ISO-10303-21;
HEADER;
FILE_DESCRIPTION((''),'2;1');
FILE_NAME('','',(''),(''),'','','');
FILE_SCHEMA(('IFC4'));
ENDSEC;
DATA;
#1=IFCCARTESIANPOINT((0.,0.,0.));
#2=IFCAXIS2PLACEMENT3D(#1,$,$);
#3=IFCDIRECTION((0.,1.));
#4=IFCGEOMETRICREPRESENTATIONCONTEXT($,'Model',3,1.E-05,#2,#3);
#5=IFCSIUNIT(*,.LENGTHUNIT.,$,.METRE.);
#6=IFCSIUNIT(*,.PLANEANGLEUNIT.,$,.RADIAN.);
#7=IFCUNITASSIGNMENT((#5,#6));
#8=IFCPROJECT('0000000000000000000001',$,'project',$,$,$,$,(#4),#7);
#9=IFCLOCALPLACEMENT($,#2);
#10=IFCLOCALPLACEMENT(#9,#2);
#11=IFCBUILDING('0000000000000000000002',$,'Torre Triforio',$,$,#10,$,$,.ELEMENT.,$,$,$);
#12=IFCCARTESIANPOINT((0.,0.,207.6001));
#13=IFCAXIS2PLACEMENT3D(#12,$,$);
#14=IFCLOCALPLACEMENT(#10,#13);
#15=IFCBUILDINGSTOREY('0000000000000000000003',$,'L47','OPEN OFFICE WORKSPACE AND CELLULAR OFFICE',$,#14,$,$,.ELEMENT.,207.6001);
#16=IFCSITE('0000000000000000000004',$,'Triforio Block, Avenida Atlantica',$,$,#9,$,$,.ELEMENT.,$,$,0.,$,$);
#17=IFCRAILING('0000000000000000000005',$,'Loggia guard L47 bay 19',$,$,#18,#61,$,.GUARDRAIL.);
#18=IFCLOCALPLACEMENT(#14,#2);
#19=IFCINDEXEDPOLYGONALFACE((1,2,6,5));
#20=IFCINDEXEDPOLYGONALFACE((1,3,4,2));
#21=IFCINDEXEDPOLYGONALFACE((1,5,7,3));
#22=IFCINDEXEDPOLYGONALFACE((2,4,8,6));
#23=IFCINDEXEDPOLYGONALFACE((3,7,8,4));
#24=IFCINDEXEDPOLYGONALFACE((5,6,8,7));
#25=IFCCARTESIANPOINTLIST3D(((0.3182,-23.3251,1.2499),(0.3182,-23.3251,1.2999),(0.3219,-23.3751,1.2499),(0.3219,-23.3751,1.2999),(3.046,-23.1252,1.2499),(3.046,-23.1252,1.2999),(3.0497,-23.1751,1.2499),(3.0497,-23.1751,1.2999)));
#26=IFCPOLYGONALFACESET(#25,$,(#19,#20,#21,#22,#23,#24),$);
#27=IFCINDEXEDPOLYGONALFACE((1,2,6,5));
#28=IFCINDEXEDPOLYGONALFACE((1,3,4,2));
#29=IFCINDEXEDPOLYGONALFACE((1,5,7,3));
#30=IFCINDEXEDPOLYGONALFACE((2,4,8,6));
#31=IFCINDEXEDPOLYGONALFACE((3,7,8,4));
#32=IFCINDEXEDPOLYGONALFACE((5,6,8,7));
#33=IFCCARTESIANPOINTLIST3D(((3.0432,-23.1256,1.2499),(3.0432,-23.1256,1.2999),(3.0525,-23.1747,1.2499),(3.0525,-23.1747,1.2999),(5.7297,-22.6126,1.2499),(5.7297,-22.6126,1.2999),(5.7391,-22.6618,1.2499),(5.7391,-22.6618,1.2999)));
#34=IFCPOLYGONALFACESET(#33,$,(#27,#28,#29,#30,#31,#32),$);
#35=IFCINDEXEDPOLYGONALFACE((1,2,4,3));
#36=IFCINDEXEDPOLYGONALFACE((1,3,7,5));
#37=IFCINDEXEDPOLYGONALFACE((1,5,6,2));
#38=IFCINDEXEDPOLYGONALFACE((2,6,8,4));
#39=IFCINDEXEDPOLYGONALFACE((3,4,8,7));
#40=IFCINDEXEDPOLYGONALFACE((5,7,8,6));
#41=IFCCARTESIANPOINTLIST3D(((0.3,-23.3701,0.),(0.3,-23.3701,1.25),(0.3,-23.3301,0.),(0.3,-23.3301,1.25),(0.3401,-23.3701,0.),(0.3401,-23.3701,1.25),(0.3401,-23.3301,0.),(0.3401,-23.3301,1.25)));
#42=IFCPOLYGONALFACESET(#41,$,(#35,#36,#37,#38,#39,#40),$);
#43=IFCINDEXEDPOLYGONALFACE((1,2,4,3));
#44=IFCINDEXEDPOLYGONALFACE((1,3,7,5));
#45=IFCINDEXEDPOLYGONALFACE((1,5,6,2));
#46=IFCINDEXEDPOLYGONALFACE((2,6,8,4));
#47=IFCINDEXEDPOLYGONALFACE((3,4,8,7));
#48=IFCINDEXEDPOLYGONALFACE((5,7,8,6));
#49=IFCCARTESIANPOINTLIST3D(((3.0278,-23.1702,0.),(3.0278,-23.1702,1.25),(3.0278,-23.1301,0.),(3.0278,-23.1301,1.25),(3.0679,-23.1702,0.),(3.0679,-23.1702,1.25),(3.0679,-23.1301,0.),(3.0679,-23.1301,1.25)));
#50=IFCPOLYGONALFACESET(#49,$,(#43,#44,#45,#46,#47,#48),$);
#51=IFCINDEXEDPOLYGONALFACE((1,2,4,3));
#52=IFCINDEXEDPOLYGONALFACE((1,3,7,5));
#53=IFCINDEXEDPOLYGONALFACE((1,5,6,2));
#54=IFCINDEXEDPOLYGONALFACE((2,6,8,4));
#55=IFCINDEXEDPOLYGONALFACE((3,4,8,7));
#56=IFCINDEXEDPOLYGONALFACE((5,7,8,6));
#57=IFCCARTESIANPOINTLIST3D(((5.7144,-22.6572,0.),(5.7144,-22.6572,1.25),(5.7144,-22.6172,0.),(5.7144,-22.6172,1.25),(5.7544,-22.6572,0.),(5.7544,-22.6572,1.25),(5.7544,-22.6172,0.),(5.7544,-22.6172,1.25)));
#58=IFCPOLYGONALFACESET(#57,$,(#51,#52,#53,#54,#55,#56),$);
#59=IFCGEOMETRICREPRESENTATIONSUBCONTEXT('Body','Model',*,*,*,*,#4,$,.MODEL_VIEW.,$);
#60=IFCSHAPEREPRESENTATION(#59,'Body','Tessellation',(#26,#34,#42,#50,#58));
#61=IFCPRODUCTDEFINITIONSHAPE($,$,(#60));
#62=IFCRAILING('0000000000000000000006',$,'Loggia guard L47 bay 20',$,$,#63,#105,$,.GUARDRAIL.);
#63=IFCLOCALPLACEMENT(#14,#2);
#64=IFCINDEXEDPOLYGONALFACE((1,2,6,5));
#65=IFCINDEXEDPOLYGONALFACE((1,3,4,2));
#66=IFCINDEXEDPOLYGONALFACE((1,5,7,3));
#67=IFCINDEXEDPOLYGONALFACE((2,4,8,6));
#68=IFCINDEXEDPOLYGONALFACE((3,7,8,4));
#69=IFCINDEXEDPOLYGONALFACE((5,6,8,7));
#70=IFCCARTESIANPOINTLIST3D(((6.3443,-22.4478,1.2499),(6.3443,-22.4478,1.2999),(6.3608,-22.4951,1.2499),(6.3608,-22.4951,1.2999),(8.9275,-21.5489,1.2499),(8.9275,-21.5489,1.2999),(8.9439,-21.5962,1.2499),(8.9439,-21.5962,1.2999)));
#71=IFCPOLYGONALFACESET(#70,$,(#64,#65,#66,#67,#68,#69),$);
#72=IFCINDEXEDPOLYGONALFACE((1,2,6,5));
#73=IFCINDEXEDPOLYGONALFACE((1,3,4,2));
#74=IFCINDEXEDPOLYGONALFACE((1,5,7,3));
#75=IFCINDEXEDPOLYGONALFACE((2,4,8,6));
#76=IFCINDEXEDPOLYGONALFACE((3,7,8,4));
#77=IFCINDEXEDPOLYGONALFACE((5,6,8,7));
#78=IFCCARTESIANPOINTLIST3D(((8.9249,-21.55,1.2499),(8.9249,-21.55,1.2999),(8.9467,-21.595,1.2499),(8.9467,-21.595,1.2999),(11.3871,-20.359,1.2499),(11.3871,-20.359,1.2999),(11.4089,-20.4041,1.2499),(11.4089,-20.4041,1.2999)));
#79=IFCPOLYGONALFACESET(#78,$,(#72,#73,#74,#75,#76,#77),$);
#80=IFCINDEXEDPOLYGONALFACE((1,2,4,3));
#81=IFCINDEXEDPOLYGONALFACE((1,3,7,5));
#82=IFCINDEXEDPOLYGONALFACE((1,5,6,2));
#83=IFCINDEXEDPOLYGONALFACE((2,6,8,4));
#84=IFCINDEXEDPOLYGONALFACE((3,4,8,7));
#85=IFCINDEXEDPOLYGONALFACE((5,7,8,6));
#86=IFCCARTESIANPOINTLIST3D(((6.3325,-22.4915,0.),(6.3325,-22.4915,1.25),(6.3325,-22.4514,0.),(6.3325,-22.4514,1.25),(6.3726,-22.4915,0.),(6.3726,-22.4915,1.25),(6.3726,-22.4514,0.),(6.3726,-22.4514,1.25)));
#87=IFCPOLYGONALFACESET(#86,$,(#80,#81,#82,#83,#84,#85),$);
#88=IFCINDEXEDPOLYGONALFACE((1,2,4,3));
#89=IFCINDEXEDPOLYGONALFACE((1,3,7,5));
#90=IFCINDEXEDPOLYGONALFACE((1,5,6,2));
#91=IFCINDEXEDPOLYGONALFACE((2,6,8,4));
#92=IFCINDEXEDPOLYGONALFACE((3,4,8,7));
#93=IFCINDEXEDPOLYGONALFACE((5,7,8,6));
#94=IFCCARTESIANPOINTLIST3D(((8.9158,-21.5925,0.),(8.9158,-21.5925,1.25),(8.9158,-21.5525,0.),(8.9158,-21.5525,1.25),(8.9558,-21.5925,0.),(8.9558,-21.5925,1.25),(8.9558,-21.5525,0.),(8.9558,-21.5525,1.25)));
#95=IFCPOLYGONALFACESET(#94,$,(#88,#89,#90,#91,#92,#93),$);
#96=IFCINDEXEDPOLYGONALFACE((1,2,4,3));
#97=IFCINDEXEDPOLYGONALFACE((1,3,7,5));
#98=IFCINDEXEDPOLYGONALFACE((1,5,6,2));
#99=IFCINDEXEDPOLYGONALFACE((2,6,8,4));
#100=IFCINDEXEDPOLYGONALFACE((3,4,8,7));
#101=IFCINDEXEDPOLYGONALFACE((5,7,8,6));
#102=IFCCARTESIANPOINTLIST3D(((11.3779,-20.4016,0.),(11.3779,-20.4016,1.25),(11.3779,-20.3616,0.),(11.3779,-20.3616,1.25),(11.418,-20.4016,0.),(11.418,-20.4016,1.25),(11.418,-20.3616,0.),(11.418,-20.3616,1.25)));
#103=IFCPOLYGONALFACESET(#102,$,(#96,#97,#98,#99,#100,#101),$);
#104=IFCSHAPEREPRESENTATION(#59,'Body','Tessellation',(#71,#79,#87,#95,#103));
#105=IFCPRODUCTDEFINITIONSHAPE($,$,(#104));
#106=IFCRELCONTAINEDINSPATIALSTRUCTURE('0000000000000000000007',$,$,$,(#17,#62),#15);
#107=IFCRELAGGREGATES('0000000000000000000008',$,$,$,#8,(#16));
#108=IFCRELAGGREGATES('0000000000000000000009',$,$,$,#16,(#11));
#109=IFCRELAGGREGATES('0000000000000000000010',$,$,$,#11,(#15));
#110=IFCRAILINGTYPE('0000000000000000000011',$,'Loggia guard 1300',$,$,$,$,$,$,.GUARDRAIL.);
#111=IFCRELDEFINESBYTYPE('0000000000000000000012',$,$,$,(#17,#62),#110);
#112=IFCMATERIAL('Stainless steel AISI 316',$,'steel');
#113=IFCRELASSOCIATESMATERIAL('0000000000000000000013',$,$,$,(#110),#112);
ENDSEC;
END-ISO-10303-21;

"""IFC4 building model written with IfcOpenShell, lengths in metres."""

from ifc_helpers import new_model, si_unit, direction, frame, origin, origin_2d, place, context, subcontext, project, spatial, rectangle, extrude, material, type_object, element, save


model = new_model("IFC4")

# Units and contexts
model_context = context("Model", 3, precision=1e-05, world=origin(), true_north=direction((0.0, 1.0)))
body_context = subcontext(model_context, "Body", "Model", "MODEL_VIEW")
ifc_project = project(units=[si_unit("LENGTHUNIT", "METRE"), si_unit("PLANEANGLEUNIT", "RADIAN")], contexts=[model_context])

# Site, building, storey
site_placement = place(None, origin())
site = spatial("IfcSite", under=ifc_project, at=site_placement, Name="Triforio Block, Avenida Atlantica", CompositionType="ELEMENT", RefElevation=0.0)
building_placement = place(site_placement, origin())
building = spatial("IfcBuilding", under=site, at=building_placement, Name="Torre Triforio", CompositionType="ELEMENT")
storey_placement = place(building_placement, frame((0.0, 0.0, 207.6001)))
storey = spatial("IfcBuildingStorey", under=building, at=storey_placement, Name="L47", Description="OPEN OFFICE WORKSPACE AND CELLULAR OFFICE", CompositionType="ELEMENT", Elevation=207.6001)

# Railings
ifc_material_1 = material(Name="Stainless steel AISI 316", Category="steel")
railing_type = type_object("IfcRailingType", Name="Loggia guard 1300", PredefinedType="GUARDRAIL", material=ifc_material_1)
railing_1_placement = place(storey_placement, frame((0.3201, -23.3501, 0.0)))
element("IfcRailing", 1, at=railing_1_placement, inside=storey, type_object=railing_type, Name="Loggia guard L47 bay 19", PredefinedType="GUARDRAIL", context=body_context, shape_type="SweptSolid", body=[
    extrude(rectangle(XDim=0.05, YDim=0.05, at=origin_2d()), frame((0.0, 0.0, 1.2749), z_axis=(0.997324, 0.073106, 0.0), x_axis=(-0.073106, 0.997324, 0.0)), (0.0, 0.0, 1.0), 2.7351),
    extrude(rectangle(XDim=0.05, YDim=0.05, at=origin_2d()), frame((2.7278, 0.2, 1.2749), z_axis=(0.982256, 0.187543, 0.0), x_axis=(-0.187543, 0.982256, 0.0)), (0.0, 0.0, 1.0), 2.7351),
    extrude(rectangle(XDim=0.04, YDim=0.04, at=origin_2d()), origin(), (0.0, 0.0, 1.0), 1.25),
    extrude(rectangle(XDim=0.04, YDim=0.04, at=origin_2d()), frame((2.7278, 0.2, 0.0)), (0.0, 0.0, 1.0), 1.25),
    extrude(rectangle(XDim=0.04, YDim=0.04, at=origin_2d()), frame((5.4143, 0.7129, 0.0)), (0.0, 0.0, 1.0), 1.25),
])
railing_2_placement = place(storey_placement, frame((6.3525, -22.4714, 0.0)))
element("IfcRailing", 2, at=railing_2_placement, inside=storey, type_object=railing_type, Name="Loggia guard L47 bay 20", PredefinedType="GUARDRAIL", context=body_context, shape_type="SweptSolid", body=[
    extrude(rectangle(XDim=0.05, YDim=0.05, at=origin_2d()), frame((0.0, 0.0, 1.2749), z_axis=(0.944451, 0.328652, 0.0), x_axis=(-0.328652, 0.944451, 0.0)), (0.0, 0.0, 1.0), 2.7351),
    extrude(rectangle(XDim=0.05, YDim=0.05, at=origin_2d()), frame((2.5833, 0.8989, 1.2749), z_axis=(0.900224, 0.435428, 0.0), x_axis=(-0.435428, 0.900224, 0.0)), (0.0, 0.0, 1.0), 2.7351),
    extrude(rectangle(XDim=0.04, YDim=0.04, at=origin_2d()), origin(), (0.0, 0.0, 1.0), 1.25),
    extrude(rectangle(XDim=0.04, YDim=0.04, at=origin_2d()), frame((2.5833, 0.8989, 0.0)), (0.0, 0.0, 1.0), 1.25),
    extrude(rectangle(XDim=0.04, YDim=0.04, at=origin_2d()), frame((5.0454, 2.0898, 0.0)), (0.0, 0.0, 1.0), 1.25),
])

save(model, "model.ifc")
